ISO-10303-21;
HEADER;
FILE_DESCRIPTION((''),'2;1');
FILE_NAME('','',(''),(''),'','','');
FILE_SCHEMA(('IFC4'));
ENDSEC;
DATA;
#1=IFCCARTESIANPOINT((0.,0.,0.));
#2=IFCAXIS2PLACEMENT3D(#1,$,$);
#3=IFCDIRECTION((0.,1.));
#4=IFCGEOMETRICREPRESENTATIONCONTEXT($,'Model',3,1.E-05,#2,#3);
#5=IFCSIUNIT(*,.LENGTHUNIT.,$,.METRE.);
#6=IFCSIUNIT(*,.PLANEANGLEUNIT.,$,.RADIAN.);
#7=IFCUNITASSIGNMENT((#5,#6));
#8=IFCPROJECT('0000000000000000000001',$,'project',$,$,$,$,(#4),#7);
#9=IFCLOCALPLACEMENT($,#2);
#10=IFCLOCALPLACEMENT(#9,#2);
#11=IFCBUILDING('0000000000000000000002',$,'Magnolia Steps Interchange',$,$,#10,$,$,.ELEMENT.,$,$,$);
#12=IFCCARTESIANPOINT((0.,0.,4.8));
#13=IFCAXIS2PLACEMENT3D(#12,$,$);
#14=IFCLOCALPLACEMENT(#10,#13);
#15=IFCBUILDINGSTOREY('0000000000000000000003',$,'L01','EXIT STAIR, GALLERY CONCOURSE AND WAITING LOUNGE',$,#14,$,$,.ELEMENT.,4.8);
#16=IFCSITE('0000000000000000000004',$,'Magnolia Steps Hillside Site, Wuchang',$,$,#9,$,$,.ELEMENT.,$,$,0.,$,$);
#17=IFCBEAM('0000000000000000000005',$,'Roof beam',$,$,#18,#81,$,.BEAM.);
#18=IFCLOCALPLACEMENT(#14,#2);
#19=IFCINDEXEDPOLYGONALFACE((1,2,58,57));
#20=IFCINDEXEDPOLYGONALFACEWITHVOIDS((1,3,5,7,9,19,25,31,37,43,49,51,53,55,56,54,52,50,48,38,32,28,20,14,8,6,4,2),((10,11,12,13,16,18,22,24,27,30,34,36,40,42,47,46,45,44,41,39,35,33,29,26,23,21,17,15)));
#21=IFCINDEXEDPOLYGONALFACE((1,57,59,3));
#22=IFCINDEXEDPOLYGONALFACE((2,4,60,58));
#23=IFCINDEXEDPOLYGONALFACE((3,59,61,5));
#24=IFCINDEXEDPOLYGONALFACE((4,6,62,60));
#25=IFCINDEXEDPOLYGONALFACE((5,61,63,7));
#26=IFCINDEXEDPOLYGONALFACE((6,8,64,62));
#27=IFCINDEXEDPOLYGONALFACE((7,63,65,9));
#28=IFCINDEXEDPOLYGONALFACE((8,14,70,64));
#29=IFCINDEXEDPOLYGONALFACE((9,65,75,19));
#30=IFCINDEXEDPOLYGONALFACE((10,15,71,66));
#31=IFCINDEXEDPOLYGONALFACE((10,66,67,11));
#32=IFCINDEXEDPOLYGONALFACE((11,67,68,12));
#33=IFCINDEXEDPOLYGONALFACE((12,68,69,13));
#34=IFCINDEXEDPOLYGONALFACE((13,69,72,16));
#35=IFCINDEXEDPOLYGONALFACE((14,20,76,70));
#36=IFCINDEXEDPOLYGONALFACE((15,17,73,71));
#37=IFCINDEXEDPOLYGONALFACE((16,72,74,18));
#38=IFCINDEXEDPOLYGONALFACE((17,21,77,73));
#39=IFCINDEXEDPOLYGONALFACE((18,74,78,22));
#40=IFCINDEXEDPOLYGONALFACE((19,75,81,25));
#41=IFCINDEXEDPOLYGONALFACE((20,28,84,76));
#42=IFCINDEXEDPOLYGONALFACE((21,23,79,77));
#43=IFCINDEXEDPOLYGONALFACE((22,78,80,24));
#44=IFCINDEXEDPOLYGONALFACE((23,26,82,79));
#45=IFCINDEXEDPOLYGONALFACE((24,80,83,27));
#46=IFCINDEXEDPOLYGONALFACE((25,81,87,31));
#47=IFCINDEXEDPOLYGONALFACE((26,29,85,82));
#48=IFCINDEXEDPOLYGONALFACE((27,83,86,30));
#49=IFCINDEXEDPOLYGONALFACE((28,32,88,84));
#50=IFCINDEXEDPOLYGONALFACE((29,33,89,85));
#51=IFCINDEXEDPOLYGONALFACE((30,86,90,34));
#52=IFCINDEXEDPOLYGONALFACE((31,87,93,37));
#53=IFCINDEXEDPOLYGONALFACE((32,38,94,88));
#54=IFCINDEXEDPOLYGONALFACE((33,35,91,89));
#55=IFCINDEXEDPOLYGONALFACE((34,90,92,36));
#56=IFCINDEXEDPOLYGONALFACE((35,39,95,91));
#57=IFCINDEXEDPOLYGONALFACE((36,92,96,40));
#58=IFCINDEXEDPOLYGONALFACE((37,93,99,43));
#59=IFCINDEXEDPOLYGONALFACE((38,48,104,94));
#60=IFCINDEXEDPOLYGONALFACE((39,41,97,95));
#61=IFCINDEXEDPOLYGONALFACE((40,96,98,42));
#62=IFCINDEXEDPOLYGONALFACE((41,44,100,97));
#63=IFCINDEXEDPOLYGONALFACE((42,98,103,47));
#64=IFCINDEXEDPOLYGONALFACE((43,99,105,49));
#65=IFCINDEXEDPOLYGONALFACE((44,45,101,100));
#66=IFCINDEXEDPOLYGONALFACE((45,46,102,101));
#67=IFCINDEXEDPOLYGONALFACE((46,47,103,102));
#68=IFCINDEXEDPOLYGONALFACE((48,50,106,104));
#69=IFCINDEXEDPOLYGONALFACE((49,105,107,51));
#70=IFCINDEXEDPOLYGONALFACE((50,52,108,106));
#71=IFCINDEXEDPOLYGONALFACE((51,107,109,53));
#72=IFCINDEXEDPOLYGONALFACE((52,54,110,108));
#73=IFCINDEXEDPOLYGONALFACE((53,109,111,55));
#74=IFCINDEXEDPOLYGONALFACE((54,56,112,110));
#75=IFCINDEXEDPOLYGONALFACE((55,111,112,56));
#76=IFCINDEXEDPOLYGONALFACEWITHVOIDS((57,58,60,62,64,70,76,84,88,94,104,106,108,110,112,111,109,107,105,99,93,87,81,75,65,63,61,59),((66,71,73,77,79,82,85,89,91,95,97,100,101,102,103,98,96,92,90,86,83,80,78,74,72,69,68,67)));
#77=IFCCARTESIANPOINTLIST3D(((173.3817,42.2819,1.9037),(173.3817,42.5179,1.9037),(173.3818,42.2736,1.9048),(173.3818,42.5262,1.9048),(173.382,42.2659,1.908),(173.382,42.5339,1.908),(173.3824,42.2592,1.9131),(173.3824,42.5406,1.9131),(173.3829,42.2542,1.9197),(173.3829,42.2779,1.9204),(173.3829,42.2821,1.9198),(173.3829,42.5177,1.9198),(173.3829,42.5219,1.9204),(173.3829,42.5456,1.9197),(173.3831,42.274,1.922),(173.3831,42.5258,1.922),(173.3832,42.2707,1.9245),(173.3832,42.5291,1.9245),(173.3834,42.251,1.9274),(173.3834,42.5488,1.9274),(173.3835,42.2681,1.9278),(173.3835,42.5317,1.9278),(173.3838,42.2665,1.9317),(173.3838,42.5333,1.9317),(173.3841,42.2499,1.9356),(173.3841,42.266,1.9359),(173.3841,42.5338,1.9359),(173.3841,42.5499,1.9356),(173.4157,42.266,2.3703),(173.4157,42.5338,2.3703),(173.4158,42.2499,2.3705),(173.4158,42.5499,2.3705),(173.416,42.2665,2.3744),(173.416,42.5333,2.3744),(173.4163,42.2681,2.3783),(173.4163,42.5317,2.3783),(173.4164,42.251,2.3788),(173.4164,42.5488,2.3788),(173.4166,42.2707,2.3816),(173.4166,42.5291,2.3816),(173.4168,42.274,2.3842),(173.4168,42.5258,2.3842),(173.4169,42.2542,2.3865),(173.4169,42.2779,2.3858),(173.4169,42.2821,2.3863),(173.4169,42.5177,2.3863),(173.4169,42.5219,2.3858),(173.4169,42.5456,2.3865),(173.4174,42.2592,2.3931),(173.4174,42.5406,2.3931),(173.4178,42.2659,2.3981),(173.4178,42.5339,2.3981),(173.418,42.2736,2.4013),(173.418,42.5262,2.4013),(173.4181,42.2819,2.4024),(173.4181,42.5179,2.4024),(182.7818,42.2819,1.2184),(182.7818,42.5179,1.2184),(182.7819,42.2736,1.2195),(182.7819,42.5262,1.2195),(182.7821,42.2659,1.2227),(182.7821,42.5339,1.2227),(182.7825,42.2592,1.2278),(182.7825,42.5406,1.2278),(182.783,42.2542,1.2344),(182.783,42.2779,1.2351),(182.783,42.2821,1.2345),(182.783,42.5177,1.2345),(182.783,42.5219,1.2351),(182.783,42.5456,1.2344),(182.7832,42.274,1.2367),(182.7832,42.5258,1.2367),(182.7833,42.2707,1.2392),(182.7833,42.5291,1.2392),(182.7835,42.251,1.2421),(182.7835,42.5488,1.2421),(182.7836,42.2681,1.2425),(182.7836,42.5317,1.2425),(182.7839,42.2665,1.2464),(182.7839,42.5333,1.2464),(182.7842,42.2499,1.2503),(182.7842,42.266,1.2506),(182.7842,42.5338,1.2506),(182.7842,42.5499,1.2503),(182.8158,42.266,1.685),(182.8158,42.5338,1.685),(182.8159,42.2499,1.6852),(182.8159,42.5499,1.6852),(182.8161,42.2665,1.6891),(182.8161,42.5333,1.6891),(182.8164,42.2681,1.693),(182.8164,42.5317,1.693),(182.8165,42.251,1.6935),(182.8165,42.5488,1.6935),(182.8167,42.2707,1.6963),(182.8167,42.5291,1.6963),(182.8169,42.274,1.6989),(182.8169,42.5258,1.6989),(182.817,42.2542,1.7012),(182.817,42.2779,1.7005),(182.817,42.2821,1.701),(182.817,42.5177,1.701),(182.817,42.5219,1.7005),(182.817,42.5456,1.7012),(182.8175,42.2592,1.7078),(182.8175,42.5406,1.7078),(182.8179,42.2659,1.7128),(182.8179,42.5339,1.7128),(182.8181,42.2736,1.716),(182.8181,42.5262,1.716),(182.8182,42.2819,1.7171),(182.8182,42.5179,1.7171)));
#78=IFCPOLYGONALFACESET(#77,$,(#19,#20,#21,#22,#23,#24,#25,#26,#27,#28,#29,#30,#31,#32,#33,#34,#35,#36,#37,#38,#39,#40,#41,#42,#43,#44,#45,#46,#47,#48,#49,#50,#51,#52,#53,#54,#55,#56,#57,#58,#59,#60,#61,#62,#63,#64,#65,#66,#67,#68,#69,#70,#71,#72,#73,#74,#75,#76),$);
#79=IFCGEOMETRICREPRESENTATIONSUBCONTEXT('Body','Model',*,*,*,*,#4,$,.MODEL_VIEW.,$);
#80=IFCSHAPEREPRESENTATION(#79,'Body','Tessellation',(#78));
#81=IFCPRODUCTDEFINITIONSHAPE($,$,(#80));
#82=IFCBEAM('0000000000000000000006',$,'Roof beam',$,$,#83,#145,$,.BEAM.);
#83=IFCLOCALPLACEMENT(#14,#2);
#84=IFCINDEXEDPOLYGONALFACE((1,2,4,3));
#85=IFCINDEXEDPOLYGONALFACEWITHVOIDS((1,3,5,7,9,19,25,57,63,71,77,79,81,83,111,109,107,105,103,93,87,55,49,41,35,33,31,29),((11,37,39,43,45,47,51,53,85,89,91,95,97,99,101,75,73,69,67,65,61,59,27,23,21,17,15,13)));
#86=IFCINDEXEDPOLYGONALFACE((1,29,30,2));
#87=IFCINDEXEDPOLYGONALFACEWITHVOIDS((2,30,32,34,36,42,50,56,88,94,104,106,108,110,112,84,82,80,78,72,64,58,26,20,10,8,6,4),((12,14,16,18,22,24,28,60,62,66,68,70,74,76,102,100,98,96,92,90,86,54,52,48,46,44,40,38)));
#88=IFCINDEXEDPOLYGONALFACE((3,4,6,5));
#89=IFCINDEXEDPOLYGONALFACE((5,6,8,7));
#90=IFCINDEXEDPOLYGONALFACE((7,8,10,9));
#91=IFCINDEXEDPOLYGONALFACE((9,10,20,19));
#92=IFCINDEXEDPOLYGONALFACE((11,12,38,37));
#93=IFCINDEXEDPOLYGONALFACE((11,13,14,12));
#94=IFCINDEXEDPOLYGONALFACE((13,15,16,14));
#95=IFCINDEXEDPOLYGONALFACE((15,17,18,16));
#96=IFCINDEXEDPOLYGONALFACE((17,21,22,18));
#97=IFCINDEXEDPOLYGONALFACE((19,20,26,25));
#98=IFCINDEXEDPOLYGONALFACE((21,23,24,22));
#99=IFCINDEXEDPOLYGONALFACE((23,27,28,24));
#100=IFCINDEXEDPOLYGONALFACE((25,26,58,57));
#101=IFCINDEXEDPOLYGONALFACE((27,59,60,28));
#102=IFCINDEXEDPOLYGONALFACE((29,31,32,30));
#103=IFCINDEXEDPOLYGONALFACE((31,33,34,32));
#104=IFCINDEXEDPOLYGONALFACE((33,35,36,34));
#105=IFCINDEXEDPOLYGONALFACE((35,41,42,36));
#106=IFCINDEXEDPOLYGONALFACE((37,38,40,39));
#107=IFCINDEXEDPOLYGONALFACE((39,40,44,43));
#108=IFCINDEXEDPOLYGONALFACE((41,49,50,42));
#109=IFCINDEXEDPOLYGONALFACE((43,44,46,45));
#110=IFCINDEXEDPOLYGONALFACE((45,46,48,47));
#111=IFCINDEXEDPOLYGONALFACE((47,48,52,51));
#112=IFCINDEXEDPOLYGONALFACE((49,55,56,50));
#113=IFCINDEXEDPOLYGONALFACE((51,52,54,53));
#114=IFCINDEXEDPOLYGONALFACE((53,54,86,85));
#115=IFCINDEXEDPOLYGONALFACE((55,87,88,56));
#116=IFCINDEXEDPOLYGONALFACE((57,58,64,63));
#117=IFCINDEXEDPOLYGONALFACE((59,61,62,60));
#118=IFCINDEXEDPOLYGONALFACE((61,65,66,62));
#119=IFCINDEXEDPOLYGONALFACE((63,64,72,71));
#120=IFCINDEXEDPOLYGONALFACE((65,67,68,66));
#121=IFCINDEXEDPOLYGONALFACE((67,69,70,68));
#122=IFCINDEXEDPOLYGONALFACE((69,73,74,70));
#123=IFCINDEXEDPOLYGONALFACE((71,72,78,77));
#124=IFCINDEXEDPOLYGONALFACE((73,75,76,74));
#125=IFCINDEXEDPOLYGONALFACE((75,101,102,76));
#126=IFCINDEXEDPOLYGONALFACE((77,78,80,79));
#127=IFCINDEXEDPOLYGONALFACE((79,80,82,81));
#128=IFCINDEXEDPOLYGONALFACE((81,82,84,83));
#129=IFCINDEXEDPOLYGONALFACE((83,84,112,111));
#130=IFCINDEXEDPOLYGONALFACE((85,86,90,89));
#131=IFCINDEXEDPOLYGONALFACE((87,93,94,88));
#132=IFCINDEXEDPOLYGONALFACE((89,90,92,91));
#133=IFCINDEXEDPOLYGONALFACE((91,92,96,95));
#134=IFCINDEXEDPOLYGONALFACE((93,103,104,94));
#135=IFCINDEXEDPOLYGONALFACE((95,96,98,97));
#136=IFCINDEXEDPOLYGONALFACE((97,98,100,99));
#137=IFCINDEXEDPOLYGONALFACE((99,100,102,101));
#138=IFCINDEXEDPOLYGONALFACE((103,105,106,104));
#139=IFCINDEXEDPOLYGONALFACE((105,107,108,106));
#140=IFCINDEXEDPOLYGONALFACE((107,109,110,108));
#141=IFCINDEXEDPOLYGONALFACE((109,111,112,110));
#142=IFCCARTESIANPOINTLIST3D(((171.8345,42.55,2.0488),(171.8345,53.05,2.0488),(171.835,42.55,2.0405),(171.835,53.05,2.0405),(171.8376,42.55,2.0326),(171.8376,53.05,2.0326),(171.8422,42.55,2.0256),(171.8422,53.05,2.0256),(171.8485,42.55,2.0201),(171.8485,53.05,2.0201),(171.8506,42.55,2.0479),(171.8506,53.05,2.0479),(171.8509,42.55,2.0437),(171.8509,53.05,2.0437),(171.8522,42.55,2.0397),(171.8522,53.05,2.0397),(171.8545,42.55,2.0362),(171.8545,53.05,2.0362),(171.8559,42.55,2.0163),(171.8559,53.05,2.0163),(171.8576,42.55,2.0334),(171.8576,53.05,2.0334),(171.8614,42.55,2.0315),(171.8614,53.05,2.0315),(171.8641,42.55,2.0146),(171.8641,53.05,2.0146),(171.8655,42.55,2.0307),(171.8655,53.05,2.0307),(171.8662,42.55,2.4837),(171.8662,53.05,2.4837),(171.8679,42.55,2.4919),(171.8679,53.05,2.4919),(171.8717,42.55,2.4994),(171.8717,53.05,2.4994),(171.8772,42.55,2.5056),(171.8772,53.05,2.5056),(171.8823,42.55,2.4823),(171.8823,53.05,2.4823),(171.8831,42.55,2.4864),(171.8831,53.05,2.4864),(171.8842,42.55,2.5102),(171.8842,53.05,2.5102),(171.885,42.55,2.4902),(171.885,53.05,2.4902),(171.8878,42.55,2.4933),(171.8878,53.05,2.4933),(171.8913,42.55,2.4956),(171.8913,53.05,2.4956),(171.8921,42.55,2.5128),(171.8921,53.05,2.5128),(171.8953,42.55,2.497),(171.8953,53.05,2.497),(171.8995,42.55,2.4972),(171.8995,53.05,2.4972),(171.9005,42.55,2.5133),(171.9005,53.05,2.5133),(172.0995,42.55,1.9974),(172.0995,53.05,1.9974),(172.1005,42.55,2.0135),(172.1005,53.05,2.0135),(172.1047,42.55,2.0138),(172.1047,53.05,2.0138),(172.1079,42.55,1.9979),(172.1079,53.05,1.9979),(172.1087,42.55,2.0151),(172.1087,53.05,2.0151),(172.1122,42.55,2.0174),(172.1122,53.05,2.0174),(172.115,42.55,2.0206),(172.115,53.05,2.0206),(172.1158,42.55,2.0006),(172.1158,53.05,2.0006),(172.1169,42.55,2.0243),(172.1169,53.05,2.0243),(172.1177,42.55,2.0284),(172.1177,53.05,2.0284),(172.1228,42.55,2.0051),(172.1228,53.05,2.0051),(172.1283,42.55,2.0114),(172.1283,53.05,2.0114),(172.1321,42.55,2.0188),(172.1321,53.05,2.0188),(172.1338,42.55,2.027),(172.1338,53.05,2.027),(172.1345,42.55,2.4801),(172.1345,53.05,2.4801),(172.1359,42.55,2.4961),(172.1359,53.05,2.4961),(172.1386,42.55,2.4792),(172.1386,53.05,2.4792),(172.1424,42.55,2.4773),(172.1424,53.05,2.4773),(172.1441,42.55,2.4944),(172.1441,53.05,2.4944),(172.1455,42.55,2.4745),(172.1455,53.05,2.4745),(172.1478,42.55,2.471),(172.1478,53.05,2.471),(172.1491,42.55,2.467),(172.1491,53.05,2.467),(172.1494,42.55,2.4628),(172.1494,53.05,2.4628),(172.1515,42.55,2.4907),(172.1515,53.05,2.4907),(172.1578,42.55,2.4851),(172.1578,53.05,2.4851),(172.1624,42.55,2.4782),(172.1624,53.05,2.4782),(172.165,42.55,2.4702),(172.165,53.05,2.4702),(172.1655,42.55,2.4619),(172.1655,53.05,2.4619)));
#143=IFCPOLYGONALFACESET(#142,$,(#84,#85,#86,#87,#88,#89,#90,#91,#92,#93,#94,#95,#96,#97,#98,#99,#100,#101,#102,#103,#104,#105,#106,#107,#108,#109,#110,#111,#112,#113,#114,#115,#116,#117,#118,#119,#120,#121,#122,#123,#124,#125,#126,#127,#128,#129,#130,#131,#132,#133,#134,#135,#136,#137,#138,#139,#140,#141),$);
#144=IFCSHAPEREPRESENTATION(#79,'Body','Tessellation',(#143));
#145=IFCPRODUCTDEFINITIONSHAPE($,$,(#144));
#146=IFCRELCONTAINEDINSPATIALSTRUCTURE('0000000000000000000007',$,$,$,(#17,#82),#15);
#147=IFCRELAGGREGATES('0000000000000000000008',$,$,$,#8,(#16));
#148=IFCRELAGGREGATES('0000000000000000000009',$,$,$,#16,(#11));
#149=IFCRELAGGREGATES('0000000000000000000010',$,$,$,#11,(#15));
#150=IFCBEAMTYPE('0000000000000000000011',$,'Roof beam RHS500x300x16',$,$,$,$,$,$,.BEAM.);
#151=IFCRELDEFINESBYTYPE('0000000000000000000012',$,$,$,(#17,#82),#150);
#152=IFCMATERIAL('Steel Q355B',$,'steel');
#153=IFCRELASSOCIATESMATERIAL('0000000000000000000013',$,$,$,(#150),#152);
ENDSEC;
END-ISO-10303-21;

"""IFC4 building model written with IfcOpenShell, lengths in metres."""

from ifc_helpers import new_model, si_unit, direction, frame, origin, origin_2d, place, context, subcontext, project, spatial, hollow_rectangle, extrude, material, material_profile, profile_set, type_object, element, save


model = new_model("IFC4")

# Units and contexts
model_context = context("Model", 3, precision=1e-05, world=origin(), true_north=direction((0.0, 1.0)))
body_context = subcontext(model_context, "Body", "Model", "MODEL_VIEW")
ifc_project = project(units=[si_unit("LENGTHUNIT", "METRE"), si_unit("PLANEANGLEUNIT", "RADIAN")], contexts=[model_context])

# Site, building, storey
site_placement = place(None, origin())
site = spatial("IfcSite", under=ifc_project, at=site_placement, Name="Magnolia Steps Hillside Site, Wuchang", CompositionType="ELEMENT", RefElevation=0.0)
building_placement = place(site_placement, origin())
building = spatial("IfcBuilding", under=site, at=building_placement, Name="Magnolia Steps Interchange", CompositionType="ELEMENT")
storey_placement = place(building_placement, frame((0.0, 0.0, 4.8)))
storey = spatial("IfcBuildingStorey", under=building, at=storey_placement, Name="L01", Description="EXIT STAIR, GALLERY CONCOURSE AND WAITING LOUNGE", CompositionType="ELEMENT", Elevation=4.8)

# Beams
ifc_material_1 = material(Name="Steel Q355B", Category="steel")
ifc_material_profile_1 = material_profile(ifc_material_1, hollow_rectangle(XDim=0.3, YDim=0.5, WallThickness=0.0161, InnerFilletRadius=0.0161, OuterFilletRadius=0.032, at=origin_2d()), Name="RHS500x300x16")
ifc_profile_set_1 = profile_set([ifc_material_profile_1], Name="Steel Q355B")
beam_type_1 = type_object("IfcBeamType", Name="Roof beam RHS500x300x16", PredefinedType="BEAM", material=ifc_profile_set_1)
beam_1_placement = place(storey_placement, frame((173.3999, 42.3999, 2.1531), z_axis=(0.997353, 0.0, -0.07271), x_axis=(0.0, 1.0, 0.0)))
element("IfcBeam", 1, at=beam_1_placement, inside=storey, type_object=beam_type_1, Name="Roof beam", PredefinedType="BEAM", context=body_context, shape_type="SweptSolid", body=[
    extrude(hollow_rectangle(XDim=0.3, YDim=0.5, WallThickness=0.0161, InnerFilletRadius=0.0161, OuterFilletRadius=0.032, at=origin_2d()), origin(), (0.0, 0.0, 1.0), 9.425),
])
beam_2_placement = place(storey_placement, frame((172.0, 42.55, 2.2554), z_axis=(0.0, 1.0, 0.0), x_axis=(-0.997352, 0.0, 0.072724)))
element("IfcBeam", 2, at=beam_2_placement, inside=storey, type_object=beam_type_1, Name="Roof beam", PredefinedType="BEAM", context=body_context, shape_type="SweptSolid", body=[
    extrude(hollow_rectangle(XDim=0.3, YDim=0.5, WallThickness=0.0161, InnerFilletRadius=0.0161, OuterFilletRadius=0.032, at=origin_2d()), origin(), (0.0, 0.0, 1.0), 10.5),
])

save(model, "model.ifc")
